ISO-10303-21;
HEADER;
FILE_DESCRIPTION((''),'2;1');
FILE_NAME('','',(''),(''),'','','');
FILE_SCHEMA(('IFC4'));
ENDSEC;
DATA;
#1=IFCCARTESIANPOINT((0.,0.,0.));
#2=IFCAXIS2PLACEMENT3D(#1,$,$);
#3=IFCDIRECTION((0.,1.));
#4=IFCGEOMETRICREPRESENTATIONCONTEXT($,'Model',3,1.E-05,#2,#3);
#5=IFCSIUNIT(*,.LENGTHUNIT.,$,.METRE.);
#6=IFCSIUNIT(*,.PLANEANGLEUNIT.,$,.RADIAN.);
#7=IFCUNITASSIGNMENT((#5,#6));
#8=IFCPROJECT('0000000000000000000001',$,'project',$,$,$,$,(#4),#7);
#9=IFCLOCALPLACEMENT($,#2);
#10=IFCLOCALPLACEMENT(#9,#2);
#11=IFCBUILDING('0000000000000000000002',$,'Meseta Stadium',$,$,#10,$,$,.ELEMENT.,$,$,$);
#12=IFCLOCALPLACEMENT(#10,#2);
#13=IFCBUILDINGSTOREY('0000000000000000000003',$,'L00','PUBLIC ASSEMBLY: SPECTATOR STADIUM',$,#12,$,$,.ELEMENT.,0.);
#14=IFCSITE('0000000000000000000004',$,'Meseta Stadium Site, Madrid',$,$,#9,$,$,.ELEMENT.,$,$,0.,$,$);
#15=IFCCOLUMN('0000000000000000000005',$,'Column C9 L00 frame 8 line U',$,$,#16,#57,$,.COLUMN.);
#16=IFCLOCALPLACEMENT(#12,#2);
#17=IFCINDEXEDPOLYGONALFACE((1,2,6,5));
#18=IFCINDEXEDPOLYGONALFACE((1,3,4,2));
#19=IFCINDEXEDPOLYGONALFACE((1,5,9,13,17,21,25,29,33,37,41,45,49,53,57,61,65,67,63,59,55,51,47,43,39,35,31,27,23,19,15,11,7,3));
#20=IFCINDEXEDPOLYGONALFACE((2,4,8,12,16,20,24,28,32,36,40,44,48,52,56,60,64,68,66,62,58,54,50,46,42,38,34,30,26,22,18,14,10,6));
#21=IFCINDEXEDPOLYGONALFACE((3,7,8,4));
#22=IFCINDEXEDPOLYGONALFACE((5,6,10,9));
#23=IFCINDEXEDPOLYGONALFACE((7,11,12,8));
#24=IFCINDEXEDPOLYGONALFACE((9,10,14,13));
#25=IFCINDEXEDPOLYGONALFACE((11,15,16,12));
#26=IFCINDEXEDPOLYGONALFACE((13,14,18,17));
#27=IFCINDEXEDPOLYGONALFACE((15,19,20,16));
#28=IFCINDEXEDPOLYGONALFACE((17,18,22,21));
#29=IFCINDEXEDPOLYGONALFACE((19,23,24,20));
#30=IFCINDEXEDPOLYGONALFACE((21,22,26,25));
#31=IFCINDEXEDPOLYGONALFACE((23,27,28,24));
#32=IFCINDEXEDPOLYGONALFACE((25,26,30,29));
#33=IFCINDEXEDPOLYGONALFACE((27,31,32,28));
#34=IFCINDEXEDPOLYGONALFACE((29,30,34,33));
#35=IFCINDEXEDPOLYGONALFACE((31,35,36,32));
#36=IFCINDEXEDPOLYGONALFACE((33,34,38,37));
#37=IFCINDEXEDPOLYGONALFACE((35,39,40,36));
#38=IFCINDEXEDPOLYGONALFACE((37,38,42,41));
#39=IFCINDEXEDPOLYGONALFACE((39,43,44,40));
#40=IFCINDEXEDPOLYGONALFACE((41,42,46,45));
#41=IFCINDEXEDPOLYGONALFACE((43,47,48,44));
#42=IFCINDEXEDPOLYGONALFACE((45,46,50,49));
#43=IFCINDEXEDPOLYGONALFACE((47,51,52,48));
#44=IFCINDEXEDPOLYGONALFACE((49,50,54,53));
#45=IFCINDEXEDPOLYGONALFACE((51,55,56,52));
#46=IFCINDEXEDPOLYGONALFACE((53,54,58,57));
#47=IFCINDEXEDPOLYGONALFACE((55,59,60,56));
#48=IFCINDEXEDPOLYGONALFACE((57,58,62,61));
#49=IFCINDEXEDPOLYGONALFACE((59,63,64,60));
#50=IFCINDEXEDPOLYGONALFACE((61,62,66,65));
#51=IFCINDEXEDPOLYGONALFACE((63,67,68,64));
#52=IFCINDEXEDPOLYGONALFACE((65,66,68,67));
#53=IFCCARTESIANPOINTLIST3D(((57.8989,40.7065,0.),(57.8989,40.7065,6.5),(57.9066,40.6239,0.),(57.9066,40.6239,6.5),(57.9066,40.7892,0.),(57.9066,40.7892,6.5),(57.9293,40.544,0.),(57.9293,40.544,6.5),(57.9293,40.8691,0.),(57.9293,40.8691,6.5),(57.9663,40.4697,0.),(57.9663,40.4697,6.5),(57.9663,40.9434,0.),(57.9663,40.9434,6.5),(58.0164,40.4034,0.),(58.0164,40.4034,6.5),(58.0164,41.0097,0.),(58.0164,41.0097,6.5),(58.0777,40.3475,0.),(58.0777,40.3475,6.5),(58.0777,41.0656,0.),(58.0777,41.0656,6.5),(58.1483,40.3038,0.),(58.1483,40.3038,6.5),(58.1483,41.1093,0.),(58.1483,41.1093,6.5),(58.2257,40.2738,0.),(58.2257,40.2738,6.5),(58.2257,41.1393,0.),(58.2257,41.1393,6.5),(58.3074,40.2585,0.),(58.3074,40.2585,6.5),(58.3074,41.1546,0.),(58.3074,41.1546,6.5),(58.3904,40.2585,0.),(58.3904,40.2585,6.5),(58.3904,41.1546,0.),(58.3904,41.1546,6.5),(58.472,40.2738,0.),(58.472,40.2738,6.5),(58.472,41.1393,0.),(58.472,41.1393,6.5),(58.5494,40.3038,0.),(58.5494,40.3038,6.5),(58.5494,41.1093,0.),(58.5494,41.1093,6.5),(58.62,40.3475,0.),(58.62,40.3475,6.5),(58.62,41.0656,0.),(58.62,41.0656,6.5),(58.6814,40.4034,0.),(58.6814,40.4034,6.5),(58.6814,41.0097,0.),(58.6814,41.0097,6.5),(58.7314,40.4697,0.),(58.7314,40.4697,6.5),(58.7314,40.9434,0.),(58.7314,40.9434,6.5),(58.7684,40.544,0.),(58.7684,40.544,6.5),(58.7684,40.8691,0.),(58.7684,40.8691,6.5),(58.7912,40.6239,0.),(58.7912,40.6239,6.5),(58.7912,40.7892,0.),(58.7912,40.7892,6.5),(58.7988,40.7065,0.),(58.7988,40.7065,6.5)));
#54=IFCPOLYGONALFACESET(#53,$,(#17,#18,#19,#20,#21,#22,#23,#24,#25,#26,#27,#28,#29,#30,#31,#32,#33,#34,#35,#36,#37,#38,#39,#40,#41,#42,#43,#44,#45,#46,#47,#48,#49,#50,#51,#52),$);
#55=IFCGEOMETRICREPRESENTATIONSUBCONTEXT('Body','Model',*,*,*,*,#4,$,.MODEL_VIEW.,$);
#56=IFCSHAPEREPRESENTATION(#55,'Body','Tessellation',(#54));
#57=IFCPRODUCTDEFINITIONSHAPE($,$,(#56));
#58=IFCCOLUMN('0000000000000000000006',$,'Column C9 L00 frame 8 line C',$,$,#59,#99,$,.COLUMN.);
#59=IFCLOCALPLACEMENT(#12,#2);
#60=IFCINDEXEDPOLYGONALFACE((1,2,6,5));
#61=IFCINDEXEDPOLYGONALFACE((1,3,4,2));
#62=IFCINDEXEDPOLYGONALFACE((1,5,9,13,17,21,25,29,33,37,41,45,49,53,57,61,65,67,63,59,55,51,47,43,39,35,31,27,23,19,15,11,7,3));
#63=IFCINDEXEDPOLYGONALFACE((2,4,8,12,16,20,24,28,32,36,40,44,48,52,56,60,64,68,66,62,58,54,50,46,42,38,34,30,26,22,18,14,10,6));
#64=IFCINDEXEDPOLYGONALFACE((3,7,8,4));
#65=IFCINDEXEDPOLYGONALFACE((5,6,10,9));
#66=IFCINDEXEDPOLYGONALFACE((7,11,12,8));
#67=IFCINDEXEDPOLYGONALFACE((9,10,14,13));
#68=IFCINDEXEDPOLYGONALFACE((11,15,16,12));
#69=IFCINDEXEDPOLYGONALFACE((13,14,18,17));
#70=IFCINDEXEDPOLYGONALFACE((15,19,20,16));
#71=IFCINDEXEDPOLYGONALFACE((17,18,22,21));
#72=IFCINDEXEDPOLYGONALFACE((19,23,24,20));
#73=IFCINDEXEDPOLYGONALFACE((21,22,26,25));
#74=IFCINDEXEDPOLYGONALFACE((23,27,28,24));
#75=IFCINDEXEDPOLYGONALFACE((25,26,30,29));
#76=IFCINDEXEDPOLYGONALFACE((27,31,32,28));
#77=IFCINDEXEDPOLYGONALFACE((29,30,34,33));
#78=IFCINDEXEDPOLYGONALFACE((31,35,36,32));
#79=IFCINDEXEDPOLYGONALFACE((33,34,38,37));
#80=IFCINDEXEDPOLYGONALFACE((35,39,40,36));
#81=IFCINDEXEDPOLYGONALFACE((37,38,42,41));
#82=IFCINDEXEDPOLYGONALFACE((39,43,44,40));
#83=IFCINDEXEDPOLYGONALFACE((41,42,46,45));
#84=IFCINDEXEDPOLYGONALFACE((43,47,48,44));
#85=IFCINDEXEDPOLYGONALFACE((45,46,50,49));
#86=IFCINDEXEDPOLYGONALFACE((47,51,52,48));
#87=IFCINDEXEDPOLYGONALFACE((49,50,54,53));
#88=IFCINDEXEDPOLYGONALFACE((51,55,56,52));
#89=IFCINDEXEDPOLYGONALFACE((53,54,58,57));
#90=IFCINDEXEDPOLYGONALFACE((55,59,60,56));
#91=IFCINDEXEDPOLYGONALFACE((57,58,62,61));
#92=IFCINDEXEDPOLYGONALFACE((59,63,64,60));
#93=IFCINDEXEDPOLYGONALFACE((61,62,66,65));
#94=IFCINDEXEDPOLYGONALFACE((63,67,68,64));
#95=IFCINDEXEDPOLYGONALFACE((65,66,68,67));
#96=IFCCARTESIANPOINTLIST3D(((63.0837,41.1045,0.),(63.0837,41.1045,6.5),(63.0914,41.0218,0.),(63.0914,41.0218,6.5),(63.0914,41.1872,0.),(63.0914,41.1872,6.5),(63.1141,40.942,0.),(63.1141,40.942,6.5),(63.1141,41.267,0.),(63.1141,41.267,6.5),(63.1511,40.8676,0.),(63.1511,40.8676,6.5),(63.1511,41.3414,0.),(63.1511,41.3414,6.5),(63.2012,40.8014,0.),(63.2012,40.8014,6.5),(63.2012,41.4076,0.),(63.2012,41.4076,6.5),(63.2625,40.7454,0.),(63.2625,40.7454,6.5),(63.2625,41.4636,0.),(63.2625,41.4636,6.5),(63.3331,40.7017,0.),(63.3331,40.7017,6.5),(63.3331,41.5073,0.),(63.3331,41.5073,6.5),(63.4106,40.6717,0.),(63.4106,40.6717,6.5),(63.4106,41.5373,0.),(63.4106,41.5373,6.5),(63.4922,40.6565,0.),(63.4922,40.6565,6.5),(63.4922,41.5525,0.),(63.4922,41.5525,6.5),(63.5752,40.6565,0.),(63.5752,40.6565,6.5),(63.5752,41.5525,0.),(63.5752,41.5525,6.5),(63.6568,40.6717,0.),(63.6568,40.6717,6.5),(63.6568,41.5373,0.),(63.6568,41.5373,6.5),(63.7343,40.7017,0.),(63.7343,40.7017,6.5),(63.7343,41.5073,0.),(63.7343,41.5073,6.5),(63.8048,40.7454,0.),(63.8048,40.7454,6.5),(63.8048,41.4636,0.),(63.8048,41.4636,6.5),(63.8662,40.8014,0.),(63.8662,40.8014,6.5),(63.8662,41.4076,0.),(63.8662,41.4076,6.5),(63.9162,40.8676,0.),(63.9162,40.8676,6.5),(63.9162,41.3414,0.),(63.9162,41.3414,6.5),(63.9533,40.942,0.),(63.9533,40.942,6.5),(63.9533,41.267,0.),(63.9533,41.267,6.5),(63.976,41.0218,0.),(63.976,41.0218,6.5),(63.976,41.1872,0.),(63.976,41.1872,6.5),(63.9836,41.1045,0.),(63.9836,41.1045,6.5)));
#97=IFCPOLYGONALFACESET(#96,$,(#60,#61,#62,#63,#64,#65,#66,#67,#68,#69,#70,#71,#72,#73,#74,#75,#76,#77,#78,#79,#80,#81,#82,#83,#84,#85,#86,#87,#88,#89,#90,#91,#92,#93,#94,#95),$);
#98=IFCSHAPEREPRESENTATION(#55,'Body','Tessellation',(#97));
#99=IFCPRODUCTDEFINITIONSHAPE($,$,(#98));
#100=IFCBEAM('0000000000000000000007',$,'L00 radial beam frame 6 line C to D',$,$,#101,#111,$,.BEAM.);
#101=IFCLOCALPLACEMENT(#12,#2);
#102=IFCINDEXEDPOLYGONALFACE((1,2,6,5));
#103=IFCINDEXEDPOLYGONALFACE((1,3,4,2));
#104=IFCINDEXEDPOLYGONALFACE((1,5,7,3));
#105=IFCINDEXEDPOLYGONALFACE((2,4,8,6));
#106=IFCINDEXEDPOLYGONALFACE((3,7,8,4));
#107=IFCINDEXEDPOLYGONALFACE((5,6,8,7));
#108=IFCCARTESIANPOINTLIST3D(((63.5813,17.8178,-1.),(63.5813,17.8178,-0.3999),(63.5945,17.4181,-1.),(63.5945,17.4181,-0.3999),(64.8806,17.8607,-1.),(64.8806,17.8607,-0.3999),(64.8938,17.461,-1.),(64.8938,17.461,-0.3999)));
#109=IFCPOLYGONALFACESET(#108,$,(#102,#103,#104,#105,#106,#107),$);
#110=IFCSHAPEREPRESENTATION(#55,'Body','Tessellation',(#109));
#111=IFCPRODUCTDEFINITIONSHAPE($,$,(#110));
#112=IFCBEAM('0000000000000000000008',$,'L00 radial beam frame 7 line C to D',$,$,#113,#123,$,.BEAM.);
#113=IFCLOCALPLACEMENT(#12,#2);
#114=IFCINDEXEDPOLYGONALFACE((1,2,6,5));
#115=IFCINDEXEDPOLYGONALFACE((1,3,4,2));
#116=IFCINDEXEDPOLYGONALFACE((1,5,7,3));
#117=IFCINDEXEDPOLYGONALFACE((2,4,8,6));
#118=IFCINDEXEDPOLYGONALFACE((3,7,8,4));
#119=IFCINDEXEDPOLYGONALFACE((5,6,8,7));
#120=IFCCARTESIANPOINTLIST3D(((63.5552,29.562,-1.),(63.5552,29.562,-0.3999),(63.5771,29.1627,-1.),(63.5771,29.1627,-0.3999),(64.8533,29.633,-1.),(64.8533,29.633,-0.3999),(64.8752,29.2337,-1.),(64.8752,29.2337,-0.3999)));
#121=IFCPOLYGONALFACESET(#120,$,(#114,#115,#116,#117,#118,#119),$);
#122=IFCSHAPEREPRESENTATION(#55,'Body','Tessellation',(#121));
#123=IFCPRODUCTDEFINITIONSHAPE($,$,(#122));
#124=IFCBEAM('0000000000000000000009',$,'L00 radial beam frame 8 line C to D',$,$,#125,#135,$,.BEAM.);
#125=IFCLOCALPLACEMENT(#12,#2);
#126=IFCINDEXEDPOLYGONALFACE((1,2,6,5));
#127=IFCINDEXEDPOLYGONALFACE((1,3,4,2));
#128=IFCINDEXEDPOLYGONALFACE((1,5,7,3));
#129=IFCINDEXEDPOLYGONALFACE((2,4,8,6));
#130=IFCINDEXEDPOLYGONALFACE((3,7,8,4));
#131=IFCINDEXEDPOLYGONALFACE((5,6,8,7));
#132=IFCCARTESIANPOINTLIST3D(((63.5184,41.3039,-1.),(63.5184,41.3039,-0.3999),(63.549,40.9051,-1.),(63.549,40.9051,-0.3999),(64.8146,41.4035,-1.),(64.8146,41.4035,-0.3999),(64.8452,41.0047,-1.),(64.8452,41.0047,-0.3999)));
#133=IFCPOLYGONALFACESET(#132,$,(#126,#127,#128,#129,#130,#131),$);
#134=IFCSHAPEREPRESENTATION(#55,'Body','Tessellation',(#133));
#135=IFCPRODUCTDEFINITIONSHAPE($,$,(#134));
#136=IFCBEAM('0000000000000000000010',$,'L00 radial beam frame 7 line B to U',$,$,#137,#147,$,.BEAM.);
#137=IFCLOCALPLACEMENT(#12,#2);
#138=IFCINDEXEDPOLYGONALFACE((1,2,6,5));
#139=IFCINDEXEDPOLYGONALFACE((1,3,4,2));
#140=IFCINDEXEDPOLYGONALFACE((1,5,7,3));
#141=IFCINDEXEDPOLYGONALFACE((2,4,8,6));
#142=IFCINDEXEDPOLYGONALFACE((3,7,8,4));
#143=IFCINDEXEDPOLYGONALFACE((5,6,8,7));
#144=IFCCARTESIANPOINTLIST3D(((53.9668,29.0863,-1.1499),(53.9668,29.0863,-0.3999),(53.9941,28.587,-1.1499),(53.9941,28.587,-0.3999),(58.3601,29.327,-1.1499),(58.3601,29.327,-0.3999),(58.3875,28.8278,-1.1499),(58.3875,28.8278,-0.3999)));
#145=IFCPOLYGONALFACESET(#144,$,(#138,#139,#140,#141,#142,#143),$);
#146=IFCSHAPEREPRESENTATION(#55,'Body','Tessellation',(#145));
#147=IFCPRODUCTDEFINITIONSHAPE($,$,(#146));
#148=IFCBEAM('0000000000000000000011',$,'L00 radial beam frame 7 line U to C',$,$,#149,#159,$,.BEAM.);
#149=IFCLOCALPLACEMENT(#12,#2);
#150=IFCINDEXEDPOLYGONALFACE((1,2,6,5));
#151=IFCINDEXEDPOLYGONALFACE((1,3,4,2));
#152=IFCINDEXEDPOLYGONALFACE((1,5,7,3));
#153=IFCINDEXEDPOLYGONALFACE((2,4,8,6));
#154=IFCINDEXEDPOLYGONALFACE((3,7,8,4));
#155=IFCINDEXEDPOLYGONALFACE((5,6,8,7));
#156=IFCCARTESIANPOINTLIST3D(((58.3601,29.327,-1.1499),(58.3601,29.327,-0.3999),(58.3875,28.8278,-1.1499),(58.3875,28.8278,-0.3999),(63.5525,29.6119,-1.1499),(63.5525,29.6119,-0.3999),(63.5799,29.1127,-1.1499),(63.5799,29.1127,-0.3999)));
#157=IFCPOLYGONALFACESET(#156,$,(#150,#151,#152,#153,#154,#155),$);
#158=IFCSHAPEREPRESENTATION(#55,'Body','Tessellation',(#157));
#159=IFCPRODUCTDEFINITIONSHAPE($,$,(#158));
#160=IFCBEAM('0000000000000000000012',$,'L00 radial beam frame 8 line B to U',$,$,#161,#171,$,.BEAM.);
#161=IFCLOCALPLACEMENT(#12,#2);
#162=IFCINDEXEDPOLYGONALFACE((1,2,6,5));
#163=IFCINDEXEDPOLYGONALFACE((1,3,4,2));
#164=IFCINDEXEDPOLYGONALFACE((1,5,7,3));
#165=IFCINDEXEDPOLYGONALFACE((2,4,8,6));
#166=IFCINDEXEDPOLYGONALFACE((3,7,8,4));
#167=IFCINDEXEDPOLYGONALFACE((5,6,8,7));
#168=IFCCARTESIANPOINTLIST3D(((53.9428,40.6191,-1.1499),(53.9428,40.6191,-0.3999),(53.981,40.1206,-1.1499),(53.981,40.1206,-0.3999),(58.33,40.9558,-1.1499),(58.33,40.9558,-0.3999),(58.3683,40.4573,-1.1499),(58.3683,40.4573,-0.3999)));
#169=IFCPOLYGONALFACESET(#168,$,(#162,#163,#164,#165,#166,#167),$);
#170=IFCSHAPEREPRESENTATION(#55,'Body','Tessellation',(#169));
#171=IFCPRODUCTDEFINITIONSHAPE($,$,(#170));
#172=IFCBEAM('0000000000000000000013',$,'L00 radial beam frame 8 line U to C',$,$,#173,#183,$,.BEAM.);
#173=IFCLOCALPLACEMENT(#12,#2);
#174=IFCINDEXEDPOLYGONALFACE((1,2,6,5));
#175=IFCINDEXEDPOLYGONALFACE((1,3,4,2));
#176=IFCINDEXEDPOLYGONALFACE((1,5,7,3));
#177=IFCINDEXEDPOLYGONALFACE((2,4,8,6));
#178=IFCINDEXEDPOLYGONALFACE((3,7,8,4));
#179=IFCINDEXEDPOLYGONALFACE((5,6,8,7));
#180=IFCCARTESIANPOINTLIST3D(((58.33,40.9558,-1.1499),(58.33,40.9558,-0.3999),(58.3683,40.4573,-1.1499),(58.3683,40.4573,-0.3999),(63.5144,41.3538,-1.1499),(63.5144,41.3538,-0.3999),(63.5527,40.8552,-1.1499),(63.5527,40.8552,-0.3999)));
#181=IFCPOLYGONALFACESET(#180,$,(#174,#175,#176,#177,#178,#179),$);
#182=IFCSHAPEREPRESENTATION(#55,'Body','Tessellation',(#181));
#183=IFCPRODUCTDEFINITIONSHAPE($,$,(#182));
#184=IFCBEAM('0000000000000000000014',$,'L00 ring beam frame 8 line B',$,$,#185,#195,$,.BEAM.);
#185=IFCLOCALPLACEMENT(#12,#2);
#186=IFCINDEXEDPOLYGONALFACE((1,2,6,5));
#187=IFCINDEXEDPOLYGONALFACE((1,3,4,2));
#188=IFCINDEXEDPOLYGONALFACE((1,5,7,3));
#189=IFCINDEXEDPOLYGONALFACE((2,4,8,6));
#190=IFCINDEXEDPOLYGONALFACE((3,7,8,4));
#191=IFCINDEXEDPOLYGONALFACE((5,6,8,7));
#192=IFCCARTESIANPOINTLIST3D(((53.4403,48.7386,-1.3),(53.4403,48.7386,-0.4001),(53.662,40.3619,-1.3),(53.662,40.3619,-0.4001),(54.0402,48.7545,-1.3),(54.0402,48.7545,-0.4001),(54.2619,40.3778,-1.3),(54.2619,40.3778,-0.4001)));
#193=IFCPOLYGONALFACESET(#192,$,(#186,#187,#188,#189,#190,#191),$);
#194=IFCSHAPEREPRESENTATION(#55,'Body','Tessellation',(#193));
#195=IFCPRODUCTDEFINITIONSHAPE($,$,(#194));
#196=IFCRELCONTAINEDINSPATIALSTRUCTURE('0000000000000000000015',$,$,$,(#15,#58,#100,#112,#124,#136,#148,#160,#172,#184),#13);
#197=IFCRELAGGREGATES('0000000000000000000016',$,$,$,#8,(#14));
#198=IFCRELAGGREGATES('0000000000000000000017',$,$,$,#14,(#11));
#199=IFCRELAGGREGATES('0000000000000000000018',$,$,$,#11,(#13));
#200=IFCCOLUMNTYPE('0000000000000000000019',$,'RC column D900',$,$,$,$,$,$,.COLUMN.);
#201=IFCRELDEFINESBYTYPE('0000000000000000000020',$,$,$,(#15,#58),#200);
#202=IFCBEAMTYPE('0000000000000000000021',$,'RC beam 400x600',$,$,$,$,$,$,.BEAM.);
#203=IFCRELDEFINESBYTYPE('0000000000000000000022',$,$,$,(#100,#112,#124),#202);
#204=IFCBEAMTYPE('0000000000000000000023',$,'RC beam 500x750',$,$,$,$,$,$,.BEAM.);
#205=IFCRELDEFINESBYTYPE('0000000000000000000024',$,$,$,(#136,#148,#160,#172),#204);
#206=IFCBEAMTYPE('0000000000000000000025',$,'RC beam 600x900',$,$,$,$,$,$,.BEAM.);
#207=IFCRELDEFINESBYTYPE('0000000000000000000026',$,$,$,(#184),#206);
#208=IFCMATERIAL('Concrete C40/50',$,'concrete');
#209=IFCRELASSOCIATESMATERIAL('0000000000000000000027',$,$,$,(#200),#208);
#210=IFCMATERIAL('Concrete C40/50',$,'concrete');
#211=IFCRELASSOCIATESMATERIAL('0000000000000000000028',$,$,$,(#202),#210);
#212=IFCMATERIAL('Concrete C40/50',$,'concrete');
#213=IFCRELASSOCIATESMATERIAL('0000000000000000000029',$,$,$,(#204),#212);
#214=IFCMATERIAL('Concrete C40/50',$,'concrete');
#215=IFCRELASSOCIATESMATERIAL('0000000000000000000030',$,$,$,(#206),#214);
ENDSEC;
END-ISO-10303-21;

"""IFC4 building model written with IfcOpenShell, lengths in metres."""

from ifc_helpers import new_model, si_unit, direction, frame, origin, origin_2d, place, context, subcontext, project, spatial, rectangle, circle, extrude, material, material_profile, profile_set, type_object, element, save


model = new_model("IFC4")

# Units and contexts
model_context = context("Model", 3, precision=1e-05, world=origin(), true_north=direction((0.0, 1.0)))
body_context = subcontext(model_context, "Body", "Model", "MODEL_VIEW")
ifc_project = project(units=[si_unit("LENGTHUNIT", "METRE"), si_unit("PLANEANGLEUNIT", "RADIAN")], contexts=[model_context])

# Site, building, storey
site_placement = place(None, origin())
site = spatial("IfcSite", under=ifc_project, at=site_placement, Name="Meseta Stadium Site, Madrid", CompositionType="ELEMENT", RefElevation=0.0)
building_placement = place(site_placement, origin())
building = spatial("IfcBuilding", under=site, at=building_placement, Name="Meseta Stadium", CompositionType="ELEMENT")
storey_placement = place(building_placement, origin())
storey = spatial("IfcBuildingStorey", under=building, at=storey_placement, Name="L00", Description="PUBLIC ASSEMBLY: SPECTATOR STADIUM", CompositionType="ELEMENT", Elevation=0.0)

# Columns
ifc_material_1 = material(Name="Concrete C40/50", Category="concrete")
ifc_material_profile_1 = material_profile(ifc_material_1, circle(Radius=0.45, at=origin_2d()), Name="RC D900")
ifc_profile_set_1 = profile_set([ifc_material_profile_1], Name="Concrete C40/50")
column_type = type_object("IfcColumnType", Name="RC column D900", PredefinedType="COLUMN", material=ifc_profile_set_1)
for number, where, z_axis, x_axis, name in (
    (1, (58.3489, 40.7065, 0.0), (0.0, 0.0, 1.0), (1.0, 0.0, 0.0), "Column C9 L00 frame 8 line U"),
    (2, (63.5337, 41.1045, 0.0), (0.0, 0.0, 1.0), (1.0, 0.0, 0.0), "Column C9 L00 frame 8 line C"),
):
    element("IfcColumn", number, at=place(storey_placement, frame(where, z_axis=z_axis, x_axis=x_axis)), inside=storey, type_object=column_type, Name=name, PredefinedType="COLUMN", context=body_context, shape_type="SweptSolid", body=[
        extrude(circle(Radius=0.45, at=origin_2d()), origin(), (0.0, 0.0, 1.0), 6.5),
    ])

# Beams
ifc_material_2 = material(Name="Concrete C40/50", Category="concrete")
ifc_material_profile_2 = material_profile(ifc_material_2, rectangle(XDim=0.3999, YDim=0.6001, at=origin_2d()), Name="RC 400x600")
ifc_profile_set_2 = profile_set([ifc_material_profile_2], Name="Concrete C40/50")
beam_type_1 = type_object("IfcBeamType", Name="RC beam 400x600", PredefinedType="BEAM", material=ifc_profile_set_2)
for number, where, z_axis, x_axis, name in (
    (3, (63.5879, 17.6179, -0.7), (0.999454, 0.033052, 0.0), (-0.033052, 0.999454, 0.0), "L00 radial beam frame 6 line C to D"),
    (4, (63.5662, 29.3623, -0.7), (0.998506, 0.054648, 0.0), (-0.054648, 0.998506, 0.0), "L00 radial beam frame 7 line C to D"),
    (5, (63.5337, 41.1045, -0.7), (0.99706, 0.076625, 0.0), (-0.076625, 0.99706, 0.0), "L00 radial beam frame 8 line C to D"),
):
    element("IfcBeam", number, at=place(storey_placement, frame(where, z_axis=z_axis, x_axis=x_axis)), inside=storey, type_object=beam_type_1, Name=name, PredefinedType="BEAM", context=body_context, shape_type="SweptSolid", body=[
        extrude(rectangle(XDim=0.3999, YDim=0.6001, at=origin_2d()), origin(), (0.0, 0.0, 1.0), 1.3),
    ])
ifc_material_3 = material(Name="Concrete C40/50", Category="concrete")
ifc_material_profile_3 = material_profile(ifc_material_3, rectangle(XDim=0.5, YDim=0.75, at=origin_2d()), Name="RC 500x750")
ifc_profile_set_3 = profile_set([ifc_material_profile_3], Name="Concrete C40/50")
beam_type_2 = type_object("IfcBeamType", Name="RC beam 500x750", PredefinedType="BEAM", material=ifc_profile_set_3)
beam_1_placement = place(storey_placement, frame((53.9805, 28.8367, -0.7749), z_axis=(0.998502, 0.054711, 0.0), x_axis=(-0.054711, 0.998502, 0.0)))
element("IfcBeam", 6, at=beam_1_placement, inside=storey, type_object=beam_type_2, Name="L00 radial beam frame 7 line B to U", PredefinedType="BEAM", context=body_context, shape_type="SweptSolid", body=[
    extrude(rectangle(XDim=0.5, YDim=0.75, at=origin_2d()), origin(), (0.0, 0.0, 1.0), 4.3999),
])
beam_2_placement = place(storey_placement, frame((58.3738, 29.0774, -0.7749), z_axis=(0.998498, 0.054789, 0.0), x_axis=(-0.054789, 0.998498, 0.0)))
element("IfcBeam", 7, at=beam_2_placement, inside=storey, type_object=beam_type_2, Name="L00 radial beam frame 7 line U to C", PredefinedType="BEAM", context=body_context, shape_type="SweptSolid", body=[
    extrude(rectangle(XDim=0.5, YDim=0.75, at=origin_2d()), origin(), (0.0, 0.0, 1.0), 5.2002),
])
beam_3_placement = place(storey_placement, frame((53.9619, 40.3699, -0.7749), z_axis=(0.997069, 0.076514, 0.0), x_axis=(-0.076514, 0.997069, 0.0)))
element("IfcBeam", 8, at=beam_3_placement, inside=storey, type_object=beam_type_2, Name="L00 radial beam frame 8 line B to U", PredefinedType="BEAM", context=body_context, shape_type="SweptSolid", body=[
    extrude(rectangle(XDim=0.5, YDim=0.75, at=origin_2d()), origin(), (0.0, 0.0, 1.0), 4.4001),
])
beam_4_placement = place(storey_placement, frame((58.3491, 40.7065, -0.7749), z_axis=(0.997067, 0.076531, 0.0), x_axis=(-0.076531, 0.997067, 0.0)))
element("IfcBeam", 9, at=beam_4_placement, inside=storey, type_object=beam_type_2, Name="L00 radial beam frame 8 line U to C", PredefinedType="BEAM", context=body_context, shape_type="SweptSolid", body=[
    extrude(rectangle(XDim=0.5, YDim=0.75, at=origin_2d()), origin(), (0.0, 0.0, 1.0), 5.1997),
])
ifc_material_4 = material(Name="Concrete C40/50", Category="concrete")
ifc_material_profile_4 = material_profile(ifc_material_4, rectangle(XDim=0.6001, YDim=0.8999, at=origin_2d()), Name="RC 600x900")
ifc_profile_set_4 = profile_set([ifc_material_profile_4], Name="Concrete C40/50")
beam_type_3 = type_object("IfcBeamType", Name="RC beam 600x900", PredefinedType="BEAM", material=ifc_profile_set_4)
beam_5_placement = place(storey_placement, frame((53.9619, 40.3699, -0.8501), z_axis=(-0.026455, 0.99965, 0.0), x_axis=(-0.99965, -0.026455, 0.0)))
element("IfcBeam", 10, at=beam_5_placement, inside=storey, type_object=beam_type_3, Name="L00 ring beam frame 8 line B", PredefinedType="BEAM", context=body_context, shape_type="SweptSolid", body=[
    extrude(rectangle(XDim=0.6001, YDim=0.8999, at=origin_2d()), origin(), (0.0, 0.0, 1.0), 8.3796),
])

save(model, "model.ifc")
